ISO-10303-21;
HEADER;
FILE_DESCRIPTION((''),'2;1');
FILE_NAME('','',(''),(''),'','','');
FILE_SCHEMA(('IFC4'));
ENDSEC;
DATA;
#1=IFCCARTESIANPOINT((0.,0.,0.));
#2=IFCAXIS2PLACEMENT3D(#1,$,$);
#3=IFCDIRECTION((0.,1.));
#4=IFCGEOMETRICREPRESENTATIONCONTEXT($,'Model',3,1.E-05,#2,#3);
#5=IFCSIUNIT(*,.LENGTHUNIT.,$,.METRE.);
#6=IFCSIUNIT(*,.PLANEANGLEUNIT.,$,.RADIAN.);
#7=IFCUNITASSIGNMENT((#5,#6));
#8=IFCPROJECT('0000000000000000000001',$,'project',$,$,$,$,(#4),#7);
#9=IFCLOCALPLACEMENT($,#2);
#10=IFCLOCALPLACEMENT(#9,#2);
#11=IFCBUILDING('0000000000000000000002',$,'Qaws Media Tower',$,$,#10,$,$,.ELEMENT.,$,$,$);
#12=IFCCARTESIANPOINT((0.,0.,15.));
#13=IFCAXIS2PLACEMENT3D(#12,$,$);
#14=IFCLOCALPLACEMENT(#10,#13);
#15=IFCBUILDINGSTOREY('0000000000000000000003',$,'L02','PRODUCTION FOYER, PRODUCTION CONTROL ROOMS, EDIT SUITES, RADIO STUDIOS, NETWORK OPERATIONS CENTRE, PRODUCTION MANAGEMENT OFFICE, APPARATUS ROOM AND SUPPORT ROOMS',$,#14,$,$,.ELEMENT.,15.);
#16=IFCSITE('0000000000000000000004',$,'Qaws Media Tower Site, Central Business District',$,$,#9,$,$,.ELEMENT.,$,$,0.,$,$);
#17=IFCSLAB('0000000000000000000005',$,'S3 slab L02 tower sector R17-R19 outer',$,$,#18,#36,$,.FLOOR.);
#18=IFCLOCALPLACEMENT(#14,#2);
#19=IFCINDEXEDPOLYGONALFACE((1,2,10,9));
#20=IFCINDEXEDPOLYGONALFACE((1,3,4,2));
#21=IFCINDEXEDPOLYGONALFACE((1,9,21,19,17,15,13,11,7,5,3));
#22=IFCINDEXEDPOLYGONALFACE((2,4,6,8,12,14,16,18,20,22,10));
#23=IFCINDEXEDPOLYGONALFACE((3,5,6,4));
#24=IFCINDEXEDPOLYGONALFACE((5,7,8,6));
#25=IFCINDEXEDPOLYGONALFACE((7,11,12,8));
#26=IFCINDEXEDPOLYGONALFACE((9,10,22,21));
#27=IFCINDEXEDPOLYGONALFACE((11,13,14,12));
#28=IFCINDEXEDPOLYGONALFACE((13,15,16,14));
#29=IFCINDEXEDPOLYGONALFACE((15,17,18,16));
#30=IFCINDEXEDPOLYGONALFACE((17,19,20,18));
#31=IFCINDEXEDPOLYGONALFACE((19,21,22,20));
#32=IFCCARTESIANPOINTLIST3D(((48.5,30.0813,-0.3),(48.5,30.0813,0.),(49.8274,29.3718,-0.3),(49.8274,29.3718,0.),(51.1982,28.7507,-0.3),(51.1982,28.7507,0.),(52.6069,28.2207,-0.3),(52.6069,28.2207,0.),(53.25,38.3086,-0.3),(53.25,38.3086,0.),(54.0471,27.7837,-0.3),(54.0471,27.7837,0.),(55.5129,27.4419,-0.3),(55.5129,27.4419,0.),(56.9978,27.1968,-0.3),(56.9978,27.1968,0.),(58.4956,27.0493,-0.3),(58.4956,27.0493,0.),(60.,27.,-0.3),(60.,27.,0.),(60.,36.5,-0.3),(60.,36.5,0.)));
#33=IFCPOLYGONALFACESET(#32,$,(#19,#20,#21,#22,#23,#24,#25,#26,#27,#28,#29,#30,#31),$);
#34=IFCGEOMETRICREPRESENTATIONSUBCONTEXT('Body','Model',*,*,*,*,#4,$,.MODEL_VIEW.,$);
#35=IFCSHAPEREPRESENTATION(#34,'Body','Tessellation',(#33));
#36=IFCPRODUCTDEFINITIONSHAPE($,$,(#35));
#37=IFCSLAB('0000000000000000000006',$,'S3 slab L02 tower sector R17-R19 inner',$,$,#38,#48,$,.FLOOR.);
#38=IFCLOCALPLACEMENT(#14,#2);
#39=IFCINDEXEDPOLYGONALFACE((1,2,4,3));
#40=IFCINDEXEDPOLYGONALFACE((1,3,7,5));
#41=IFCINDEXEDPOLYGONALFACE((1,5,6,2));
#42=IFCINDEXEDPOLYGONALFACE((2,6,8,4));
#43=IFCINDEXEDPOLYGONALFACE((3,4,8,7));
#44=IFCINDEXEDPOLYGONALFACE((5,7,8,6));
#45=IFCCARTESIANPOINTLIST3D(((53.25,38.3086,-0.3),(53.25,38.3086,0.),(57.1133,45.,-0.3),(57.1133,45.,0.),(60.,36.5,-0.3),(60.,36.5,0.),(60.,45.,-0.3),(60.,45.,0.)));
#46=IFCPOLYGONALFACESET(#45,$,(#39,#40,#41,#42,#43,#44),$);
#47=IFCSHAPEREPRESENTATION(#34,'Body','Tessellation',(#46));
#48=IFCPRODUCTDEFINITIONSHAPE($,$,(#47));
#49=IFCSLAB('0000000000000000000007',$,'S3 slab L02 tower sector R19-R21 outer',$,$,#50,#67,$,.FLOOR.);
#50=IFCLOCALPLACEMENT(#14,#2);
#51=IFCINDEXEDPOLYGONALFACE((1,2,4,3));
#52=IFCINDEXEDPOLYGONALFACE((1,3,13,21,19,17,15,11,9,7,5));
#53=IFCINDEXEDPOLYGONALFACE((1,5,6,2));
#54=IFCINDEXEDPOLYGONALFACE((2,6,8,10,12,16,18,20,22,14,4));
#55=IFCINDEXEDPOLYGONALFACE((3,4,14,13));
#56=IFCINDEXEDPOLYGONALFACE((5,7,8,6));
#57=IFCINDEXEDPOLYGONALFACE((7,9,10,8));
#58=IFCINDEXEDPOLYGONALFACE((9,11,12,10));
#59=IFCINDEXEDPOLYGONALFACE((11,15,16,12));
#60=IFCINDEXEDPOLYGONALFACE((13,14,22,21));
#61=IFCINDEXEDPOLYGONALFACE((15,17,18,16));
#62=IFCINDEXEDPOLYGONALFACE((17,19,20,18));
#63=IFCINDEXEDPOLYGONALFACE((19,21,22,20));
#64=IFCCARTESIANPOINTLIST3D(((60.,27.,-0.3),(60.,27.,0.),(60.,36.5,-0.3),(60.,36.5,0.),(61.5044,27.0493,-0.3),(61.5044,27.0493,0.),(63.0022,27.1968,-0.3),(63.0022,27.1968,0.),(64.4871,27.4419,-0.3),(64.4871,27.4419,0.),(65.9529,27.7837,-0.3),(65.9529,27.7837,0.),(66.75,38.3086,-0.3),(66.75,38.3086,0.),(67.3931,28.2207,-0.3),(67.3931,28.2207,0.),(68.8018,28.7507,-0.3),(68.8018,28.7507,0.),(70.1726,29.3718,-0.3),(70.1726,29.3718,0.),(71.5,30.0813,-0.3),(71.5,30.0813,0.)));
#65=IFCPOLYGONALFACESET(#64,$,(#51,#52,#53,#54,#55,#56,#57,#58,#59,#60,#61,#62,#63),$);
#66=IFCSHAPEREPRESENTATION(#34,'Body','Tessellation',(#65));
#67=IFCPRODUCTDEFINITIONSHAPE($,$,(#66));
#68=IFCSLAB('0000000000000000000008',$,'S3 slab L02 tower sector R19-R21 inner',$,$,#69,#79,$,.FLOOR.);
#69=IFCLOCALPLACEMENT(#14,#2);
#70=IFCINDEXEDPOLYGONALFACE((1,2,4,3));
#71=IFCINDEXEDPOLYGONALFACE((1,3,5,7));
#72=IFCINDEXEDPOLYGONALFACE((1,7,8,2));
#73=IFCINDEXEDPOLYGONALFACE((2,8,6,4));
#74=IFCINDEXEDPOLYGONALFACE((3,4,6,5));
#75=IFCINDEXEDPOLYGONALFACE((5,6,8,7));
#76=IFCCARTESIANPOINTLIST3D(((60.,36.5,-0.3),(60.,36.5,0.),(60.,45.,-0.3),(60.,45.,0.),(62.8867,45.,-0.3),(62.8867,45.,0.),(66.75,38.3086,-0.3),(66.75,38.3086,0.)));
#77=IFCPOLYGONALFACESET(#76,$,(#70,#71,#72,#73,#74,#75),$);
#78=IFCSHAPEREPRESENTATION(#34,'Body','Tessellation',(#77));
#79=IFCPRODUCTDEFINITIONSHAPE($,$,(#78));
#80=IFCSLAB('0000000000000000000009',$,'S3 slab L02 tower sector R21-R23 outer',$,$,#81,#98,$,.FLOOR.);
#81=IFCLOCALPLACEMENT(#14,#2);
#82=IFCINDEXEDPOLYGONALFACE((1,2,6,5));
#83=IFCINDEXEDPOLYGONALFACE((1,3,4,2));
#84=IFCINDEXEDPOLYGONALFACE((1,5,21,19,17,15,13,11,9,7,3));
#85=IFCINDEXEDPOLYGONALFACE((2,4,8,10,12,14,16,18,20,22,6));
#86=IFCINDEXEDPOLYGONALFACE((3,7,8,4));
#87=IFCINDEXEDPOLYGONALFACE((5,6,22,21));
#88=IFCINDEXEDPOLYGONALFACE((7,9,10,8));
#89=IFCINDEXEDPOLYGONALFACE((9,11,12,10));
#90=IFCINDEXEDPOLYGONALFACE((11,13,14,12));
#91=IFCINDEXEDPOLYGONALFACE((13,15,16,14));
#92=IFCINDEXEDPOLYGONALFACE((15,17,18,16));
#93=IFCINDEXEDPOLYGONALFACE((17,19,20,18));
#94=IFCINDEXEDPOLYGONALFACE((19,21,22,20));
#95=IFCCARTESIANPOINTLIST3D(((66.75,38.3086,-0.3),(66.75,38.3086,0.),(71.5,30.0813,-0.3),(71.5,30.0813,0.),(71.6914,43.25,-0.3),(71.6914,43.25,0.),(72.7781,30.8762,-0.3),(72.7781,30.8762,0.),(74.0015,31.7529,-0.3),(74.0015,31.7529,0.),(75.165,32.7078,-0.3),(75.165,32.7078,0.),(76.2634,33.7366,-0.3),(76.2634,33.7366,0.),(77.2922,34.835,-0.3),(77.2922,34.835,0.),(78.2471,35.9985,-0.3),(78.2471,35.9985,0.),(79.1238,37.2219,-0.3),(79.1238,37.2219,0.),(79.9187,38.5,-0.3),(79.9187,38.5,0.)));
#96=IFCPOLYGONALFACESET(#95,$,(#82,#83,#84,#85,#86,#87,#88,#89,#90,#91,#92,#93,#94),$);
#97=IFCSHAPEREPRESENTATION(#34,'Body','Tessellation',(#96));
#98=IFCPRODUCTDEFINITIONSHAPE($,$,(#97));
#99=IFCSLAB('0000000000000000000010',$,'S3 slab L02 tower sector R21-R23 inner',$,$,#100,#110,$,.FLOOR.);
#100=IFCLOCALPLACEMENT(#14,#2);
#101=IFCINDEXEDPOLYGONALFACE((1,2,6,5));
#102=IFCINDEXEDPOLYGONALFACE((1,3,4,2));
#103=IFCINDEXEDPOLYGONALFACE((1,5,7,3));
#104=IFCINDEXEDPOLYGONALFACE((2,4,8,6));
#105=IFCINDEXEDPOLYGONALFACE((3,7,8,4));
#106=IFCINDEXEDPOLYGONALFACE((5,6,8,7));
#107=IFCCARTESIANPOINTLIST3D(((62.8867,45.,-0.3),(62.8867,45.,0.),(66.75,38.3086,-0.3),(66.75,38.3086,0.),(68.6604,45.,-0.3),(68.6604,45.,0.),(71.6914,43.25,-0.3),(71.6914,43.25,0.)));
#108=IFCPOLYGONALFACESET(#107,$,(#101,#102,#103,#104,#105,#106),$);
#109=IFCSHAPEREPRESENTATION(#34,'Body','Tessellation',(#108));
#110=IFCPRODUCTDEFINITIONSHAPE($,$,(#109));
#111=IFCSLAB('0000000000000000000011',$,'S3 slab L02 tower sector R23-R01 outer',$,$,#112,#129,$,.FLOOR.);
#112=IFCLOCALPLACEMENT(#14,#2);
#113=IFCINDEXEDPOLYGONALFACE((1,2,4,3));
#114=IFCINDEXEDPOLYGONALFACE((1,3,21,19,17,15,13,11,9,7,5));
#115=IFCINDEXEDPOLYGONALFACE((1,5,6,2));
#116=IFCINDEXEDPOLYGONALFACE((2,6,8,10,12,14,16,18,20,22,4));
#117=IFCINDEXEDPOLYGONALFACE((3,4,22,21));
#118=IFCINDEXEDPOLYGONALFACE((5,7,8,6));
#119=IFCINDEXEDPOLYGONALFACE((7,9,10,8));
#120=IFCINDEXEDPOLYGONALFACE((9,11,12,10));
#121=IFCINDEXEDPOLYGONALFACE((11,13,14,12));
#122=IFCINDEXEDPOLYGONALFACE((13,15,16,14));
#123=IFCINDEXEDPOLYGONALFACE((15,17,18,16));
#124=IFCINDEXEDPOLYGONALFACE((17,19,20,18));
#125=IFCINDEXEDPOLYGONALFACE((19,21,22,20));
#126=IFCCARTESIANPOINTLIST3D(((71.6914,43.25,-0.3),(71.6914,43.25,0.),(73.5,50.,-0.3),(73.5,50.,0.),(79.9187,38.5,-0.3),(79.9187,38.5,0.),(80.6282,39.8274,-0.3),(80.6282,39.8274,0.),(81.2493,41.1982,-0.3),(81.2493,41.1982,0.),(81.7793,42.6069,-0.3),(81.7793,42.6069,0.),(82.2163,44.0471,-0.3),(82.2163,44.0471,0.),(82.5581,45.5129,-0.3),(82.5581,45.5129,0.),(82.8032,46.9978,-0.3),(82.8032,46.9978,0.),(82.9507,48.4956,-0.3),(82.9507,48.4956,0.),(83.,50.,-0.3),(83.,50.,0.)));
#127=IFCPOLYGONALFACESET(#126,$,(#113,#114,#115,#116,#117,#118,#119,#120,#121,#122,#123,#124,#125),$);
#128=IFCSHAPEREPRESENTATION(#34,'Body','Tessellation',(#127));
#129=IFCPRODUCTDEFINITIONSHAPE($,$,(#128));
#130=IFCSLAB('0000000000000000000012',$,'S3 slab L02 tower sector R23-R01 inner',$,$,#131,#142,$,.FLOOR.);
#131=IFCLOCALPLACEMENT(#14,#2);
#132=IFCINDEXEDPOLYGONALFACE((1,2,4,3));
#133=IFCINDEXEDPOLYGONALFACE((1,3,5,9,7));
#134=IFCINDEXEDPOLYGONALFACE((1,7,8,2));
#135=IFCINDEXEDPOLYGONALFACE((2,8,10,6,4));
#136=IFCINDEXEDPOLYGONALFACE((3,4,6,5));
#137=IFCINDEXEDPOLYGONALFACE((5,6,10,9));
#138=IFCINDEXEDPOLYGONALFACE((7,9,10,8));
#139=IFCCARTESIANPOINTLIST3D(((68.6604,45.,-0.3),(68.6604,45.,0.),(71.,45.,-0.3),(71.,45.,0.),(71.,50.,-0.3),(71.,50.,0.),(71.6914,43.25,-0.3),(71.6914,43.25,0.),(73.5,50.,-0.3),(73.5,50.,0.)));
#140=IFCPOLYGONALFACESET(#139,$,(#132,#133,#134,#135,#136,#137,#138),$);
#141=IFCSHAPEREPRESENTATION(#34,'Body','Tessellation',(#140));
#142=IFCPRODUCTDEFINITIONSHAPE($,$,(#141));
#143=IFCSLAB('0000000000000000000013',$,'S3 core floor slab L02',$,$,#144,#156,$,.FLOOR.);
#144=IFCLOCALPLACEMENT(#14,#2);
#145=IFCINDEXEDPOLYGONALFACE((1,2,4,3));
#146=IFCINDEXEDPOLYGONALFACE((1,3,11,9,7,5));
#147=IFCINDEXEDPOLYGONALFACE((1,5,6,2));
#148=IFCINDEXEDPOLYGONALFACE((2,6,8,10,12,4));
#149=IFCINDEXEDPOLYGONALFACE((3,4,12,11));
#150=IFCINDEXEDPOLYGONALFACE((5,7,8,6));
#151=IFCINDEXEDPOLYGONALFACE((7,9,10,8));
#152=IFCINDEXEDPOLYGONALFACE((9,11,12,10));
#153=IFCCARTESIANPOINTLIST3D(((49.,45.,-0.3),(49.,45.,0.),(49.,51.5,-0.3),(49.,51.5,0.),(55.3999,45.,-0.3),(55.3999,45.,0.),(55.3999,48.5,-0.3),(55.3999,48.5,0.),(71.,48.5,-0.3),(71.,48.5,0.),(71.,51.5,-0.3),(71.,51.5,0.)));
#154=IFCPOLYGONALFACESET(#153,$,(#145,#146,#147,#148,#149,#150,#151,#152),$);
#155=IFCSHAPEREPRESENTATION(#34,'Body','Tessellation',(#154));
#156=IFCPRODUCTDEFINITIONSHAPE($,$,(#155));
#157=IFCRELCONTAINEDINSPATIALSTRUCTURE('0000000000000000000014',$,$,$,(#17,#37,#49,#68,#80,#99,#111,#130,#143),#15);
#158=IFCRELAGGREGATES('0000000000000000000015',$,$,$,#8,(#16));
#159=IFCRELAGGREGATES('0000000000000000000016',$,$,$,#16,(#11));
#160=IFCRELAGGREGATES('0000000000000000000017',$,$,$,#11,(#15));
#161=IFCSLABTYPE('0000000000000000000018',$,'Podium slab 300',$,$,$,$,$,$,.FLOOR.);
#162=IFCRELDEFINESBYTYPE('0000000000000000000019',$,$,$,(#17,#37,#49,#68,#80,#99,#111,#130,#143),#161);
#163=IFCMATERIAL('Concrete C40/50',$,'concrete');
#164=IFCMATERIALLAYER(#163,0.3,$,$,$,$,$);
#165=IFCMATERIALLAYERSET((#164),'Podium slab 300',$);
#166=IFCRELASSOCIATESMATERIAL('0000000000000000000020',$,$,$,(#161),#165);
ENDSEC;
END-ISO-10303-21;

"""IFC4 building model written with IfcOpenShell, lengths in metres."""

from ifc_helpers import new_model, si_unit, direction, frame, origin, place, context, subcontext, project, spatial, polyline, outline, extrude, material, layer, layer_set, type_object, element, save


model = new_model("IFC4")

# Units and contexts
model_context = context("Model", 3, precision=1e-05, world=origin(), true_north=direction((0.0, 1.0)))
body_context = subcontext(model_context, "Body", "Model", "MODEL_VIEW")
ifc_project = project(units=[si_unit("LENGTHUNIT", "METRE"), si_unit("PLANEANGLEUNIT", "RADIAN")], contexts=[model_context])

# Site, building, storey
site_placement = place(None, origin())
site = spatial("IfcSite", under=ifc_project, at=site_placement, Name="Qaws Media Tower Site, Central Business District", CompositionType="ELEMENT", RefElevation=0.0)
building_placement = place(site_placement, origin())
building = spatial("IfcBuilding", under=site, at=building_placement, Name="Qaws Media Tower", CompositionType="ELEMENT")
storey_placement = place(building_placement, frame((0.0, 0.0, 15.0)))
storey = spatial("IfcBuildingStorey", under=building, at=storey_placement, Name="L02", Description="PRODUCTION FOYER, PRODUCTION CONTROL ROOMS, EDIT SUITES, RADIO STUDIOS, NETWORK OPERATIONS CENTRE, PRODUCTION MANAGEMENT OFFICE, APPARATUS ROOM AND SUPPORT ROOMS", CompositionType="ELEMENT", Elevation=15.0)

# Slabs
ifc_material_1 = material(Name="Concrete C40/50", Category="concrete")
ifc_layer_1 = layer(ifc_material_1, 0.3)
ifc_layer_set_1 = layer_set([ifc_layer_1], Name="Podium slab 300")
slab_type = type_object("IfcSlabType", Name="Podium slab 300", PredefinedType="FLOOR", material=ifc_layer_set_1)
slab_1_placement = place(storey_placement, frame((0.0, 0.0, -0.3)))
element("IfcSlab", 1, at=slab_1_placement, inside=storey, type_object=slab_type, Name="S3 slab L02 tower sector R17-R19 outer", PredefinedType="FLOOR", context=body_context, shape_type="SweptSolid", body=[
    extrude(outline(polyline([(51.1982, 28.7507), (49.8274, 29.3718), (48.5, 30.0813), (53.25, 38.3086), (60.0, 36.5), (60.0, 27.0), (58.4956, 27.0493), (56.9978, 27.1968), (55.5129, 27.4419), (54.0471, 27.7837), (52.6069, 28.2207), (51.1982, 28.7507)])), origin(), (0.0, 0.0, 1.0), 0.3),
])
slab_2_placement = place(storey_placement, frame((0.0, 0.0, -0.3)))
element("IfcSlab", 2, at=slab_2_placement, inside=storey, type_object=slab_type, Name="S3 slab L02 tower sector R17-R19 inner", PredefinedType="FLOOR", context=body_context, shape_type="SweptSolid", body=[
    extrude(outline(polyline([(57.1133, 45.0), (60.0, 45.0), (60.0, 36.5), (53.25, 38.3086), (57.1133, 45.0)])), origin(), (0.0, 0.0, 1.0), 0.3),
])
slab_3_placement = place(storey_placement, frame((0.0, 0.0, -0.3)))
element("IfcSlab", 3, at=slab_3_placement, inside=storey, type_object=slab_type, Name="S3 slab L02 tower sector R19-R21 outer", PredefinedType="FLOOR", context=body_context, shape_type="SweptSolid", body=[
    extrude(outline(polyline([(63.0022, 27.1968), (61.5044, 27.0493), (60.0, 27.0), (60.0, 36.5), (66.75, 38.3086), (71.5, 30.0813), (70.1726, 29.3718), (68.8018, 28.7507), (67.3931, 28.2207), (65.9529, 27.7837), (64.4871, 27.4419), (63.0022, 27.1968)])), origin(), (0.0, 0.0, 1.0), 0.3),
])
slab_4_placement = place(storey_placement, frame((0.0, 0.0, -0.3)))
element("IfcSlab", 4, at=slab_4_placement, inside=storey, type_object=slab_type, Name="S3 slab L02 tower sector R19-R21 inner", PredefinedType="FLOOR", context=body_context, shape_type="SweptSolid", body=[
    extrude(outline(polyline([(60.0, 45.0), (62.8867, 45.0), (66.75, 38.3086), (60.0, 36.5), (60.0, 45.0)])), origin(), (0.0, 0.0, 1.0), 0.3),
])
slab_5_placement = place(storey_placement, frame((0.0, 0.0, -0.3)))
element("IfcSlab", 5, at=slab_5_placement, inside=storey, type_object=slab_type, Name="S3 slab L02 tower sector R21-R23 outer", PredefinedType="FLOOR", context=body_context, shape_type="SweptSolid", body=[
    extrude(outline(polyline([(74.0015, 31.7529), (72.7781, 30.8762), (71.5, 30.0813), (66.75, 38.3086), (71.6914, 43.25), (79.9187, 38.5), (79.1238, 37.2219), (78.2471, 35.9985), (77.2922, 34.835), (76.2634, 33.7366), (75.165, 32.7078), (74.0015, 31.7529)])), origin(), (0.0, 0.0, 1.0), 0.3),
])
slab_6_placement = place(storey_placement, frame((0.0, 0.0, -0.3)))
element("IfcSlab", 6, at=slab_6_placement, inside=storey, type_object=slab_type, Name="S3 slab L02 tower sector R21-R23 inner", PredefinedType="FLOOR", context=body_context, shape_type="SweptSolid", body=[
    extrude(outline(polyline([(62.8867, 45.0), (68.6604, 45.0), (71.6914, 43.25), (66.75, 38.3086), (62.8867, 45.0)])), origin(), (0.0, 0.0, 1.0), 0.3),
])
slab_7_placement = place(storey_placement, frame((0.0, 0.0, -0.3)))
element("IfcSlab", 7, at=slab_7_placement, inside=storey, type_object=slab_type, Name="S3 slab L02 tower sector R23-R01 outer", PredefinedType="FLOOR", context=body_context, shape_type="SweptSolid", body=[
    extrude(outline(polyline([(81.2493, 41.1982), (80.6282, 39.8274), (79.9187, 38.5), (71.6914, 43.25), (73.5, 50.0), (83.0, 50.0), (82.9507, 48.4956), (82.8032, 46.9978), (82.5581, 45.5129), (82.2163, 44.0471), (81.7793, 42.6069), (81.2493, 41.1982)])), origin(), (0.0, 0.0, 1.0), 0.3),
])
slab_8_placement = place(storey_placement, frame((0.0, 0.0, -0.3)))
element("IfcSlab", 8, at=slab_8_placement, inside=storey, type_object=slab_type, Name="S3 slab L02 tower sector R23-R01 inner", PredefinedType="FLOOR", context=body_context, shape_type="SweptSolid", body=[
    extrude(outline(polyline([(68.6604, 45.0), (71.0, 45.0), (71.0, 50.0), (73.5, 50.0), (71.6914, 43.25), (68.6604, 45.0)])), origin(), (0.0, 0.0, 1.0), 0.3),
])
slab_9_placement = place(storey_placement, frame((0.0, 0.0, -0.3)))
element("IfcSlab", 9, at=slab_9_placement, inside=storey, type_object=slab_type, Name="S3 core floor slab L02", PredefinedType="FLOOR", context=body_context, shape_type="SweptSolid", body=[
    extrude(outline(polyline([(55.3999, 48.5), (55.3999, 45.0), (49.0, 45.0), (49.0, 51.5), (71.0, 51.5), (71.0, 48.5), (55.3999, 48.5)])), origin(), (0.0, 0.0, 1.0), 0.3),
])

save(model, "model.ifc")
